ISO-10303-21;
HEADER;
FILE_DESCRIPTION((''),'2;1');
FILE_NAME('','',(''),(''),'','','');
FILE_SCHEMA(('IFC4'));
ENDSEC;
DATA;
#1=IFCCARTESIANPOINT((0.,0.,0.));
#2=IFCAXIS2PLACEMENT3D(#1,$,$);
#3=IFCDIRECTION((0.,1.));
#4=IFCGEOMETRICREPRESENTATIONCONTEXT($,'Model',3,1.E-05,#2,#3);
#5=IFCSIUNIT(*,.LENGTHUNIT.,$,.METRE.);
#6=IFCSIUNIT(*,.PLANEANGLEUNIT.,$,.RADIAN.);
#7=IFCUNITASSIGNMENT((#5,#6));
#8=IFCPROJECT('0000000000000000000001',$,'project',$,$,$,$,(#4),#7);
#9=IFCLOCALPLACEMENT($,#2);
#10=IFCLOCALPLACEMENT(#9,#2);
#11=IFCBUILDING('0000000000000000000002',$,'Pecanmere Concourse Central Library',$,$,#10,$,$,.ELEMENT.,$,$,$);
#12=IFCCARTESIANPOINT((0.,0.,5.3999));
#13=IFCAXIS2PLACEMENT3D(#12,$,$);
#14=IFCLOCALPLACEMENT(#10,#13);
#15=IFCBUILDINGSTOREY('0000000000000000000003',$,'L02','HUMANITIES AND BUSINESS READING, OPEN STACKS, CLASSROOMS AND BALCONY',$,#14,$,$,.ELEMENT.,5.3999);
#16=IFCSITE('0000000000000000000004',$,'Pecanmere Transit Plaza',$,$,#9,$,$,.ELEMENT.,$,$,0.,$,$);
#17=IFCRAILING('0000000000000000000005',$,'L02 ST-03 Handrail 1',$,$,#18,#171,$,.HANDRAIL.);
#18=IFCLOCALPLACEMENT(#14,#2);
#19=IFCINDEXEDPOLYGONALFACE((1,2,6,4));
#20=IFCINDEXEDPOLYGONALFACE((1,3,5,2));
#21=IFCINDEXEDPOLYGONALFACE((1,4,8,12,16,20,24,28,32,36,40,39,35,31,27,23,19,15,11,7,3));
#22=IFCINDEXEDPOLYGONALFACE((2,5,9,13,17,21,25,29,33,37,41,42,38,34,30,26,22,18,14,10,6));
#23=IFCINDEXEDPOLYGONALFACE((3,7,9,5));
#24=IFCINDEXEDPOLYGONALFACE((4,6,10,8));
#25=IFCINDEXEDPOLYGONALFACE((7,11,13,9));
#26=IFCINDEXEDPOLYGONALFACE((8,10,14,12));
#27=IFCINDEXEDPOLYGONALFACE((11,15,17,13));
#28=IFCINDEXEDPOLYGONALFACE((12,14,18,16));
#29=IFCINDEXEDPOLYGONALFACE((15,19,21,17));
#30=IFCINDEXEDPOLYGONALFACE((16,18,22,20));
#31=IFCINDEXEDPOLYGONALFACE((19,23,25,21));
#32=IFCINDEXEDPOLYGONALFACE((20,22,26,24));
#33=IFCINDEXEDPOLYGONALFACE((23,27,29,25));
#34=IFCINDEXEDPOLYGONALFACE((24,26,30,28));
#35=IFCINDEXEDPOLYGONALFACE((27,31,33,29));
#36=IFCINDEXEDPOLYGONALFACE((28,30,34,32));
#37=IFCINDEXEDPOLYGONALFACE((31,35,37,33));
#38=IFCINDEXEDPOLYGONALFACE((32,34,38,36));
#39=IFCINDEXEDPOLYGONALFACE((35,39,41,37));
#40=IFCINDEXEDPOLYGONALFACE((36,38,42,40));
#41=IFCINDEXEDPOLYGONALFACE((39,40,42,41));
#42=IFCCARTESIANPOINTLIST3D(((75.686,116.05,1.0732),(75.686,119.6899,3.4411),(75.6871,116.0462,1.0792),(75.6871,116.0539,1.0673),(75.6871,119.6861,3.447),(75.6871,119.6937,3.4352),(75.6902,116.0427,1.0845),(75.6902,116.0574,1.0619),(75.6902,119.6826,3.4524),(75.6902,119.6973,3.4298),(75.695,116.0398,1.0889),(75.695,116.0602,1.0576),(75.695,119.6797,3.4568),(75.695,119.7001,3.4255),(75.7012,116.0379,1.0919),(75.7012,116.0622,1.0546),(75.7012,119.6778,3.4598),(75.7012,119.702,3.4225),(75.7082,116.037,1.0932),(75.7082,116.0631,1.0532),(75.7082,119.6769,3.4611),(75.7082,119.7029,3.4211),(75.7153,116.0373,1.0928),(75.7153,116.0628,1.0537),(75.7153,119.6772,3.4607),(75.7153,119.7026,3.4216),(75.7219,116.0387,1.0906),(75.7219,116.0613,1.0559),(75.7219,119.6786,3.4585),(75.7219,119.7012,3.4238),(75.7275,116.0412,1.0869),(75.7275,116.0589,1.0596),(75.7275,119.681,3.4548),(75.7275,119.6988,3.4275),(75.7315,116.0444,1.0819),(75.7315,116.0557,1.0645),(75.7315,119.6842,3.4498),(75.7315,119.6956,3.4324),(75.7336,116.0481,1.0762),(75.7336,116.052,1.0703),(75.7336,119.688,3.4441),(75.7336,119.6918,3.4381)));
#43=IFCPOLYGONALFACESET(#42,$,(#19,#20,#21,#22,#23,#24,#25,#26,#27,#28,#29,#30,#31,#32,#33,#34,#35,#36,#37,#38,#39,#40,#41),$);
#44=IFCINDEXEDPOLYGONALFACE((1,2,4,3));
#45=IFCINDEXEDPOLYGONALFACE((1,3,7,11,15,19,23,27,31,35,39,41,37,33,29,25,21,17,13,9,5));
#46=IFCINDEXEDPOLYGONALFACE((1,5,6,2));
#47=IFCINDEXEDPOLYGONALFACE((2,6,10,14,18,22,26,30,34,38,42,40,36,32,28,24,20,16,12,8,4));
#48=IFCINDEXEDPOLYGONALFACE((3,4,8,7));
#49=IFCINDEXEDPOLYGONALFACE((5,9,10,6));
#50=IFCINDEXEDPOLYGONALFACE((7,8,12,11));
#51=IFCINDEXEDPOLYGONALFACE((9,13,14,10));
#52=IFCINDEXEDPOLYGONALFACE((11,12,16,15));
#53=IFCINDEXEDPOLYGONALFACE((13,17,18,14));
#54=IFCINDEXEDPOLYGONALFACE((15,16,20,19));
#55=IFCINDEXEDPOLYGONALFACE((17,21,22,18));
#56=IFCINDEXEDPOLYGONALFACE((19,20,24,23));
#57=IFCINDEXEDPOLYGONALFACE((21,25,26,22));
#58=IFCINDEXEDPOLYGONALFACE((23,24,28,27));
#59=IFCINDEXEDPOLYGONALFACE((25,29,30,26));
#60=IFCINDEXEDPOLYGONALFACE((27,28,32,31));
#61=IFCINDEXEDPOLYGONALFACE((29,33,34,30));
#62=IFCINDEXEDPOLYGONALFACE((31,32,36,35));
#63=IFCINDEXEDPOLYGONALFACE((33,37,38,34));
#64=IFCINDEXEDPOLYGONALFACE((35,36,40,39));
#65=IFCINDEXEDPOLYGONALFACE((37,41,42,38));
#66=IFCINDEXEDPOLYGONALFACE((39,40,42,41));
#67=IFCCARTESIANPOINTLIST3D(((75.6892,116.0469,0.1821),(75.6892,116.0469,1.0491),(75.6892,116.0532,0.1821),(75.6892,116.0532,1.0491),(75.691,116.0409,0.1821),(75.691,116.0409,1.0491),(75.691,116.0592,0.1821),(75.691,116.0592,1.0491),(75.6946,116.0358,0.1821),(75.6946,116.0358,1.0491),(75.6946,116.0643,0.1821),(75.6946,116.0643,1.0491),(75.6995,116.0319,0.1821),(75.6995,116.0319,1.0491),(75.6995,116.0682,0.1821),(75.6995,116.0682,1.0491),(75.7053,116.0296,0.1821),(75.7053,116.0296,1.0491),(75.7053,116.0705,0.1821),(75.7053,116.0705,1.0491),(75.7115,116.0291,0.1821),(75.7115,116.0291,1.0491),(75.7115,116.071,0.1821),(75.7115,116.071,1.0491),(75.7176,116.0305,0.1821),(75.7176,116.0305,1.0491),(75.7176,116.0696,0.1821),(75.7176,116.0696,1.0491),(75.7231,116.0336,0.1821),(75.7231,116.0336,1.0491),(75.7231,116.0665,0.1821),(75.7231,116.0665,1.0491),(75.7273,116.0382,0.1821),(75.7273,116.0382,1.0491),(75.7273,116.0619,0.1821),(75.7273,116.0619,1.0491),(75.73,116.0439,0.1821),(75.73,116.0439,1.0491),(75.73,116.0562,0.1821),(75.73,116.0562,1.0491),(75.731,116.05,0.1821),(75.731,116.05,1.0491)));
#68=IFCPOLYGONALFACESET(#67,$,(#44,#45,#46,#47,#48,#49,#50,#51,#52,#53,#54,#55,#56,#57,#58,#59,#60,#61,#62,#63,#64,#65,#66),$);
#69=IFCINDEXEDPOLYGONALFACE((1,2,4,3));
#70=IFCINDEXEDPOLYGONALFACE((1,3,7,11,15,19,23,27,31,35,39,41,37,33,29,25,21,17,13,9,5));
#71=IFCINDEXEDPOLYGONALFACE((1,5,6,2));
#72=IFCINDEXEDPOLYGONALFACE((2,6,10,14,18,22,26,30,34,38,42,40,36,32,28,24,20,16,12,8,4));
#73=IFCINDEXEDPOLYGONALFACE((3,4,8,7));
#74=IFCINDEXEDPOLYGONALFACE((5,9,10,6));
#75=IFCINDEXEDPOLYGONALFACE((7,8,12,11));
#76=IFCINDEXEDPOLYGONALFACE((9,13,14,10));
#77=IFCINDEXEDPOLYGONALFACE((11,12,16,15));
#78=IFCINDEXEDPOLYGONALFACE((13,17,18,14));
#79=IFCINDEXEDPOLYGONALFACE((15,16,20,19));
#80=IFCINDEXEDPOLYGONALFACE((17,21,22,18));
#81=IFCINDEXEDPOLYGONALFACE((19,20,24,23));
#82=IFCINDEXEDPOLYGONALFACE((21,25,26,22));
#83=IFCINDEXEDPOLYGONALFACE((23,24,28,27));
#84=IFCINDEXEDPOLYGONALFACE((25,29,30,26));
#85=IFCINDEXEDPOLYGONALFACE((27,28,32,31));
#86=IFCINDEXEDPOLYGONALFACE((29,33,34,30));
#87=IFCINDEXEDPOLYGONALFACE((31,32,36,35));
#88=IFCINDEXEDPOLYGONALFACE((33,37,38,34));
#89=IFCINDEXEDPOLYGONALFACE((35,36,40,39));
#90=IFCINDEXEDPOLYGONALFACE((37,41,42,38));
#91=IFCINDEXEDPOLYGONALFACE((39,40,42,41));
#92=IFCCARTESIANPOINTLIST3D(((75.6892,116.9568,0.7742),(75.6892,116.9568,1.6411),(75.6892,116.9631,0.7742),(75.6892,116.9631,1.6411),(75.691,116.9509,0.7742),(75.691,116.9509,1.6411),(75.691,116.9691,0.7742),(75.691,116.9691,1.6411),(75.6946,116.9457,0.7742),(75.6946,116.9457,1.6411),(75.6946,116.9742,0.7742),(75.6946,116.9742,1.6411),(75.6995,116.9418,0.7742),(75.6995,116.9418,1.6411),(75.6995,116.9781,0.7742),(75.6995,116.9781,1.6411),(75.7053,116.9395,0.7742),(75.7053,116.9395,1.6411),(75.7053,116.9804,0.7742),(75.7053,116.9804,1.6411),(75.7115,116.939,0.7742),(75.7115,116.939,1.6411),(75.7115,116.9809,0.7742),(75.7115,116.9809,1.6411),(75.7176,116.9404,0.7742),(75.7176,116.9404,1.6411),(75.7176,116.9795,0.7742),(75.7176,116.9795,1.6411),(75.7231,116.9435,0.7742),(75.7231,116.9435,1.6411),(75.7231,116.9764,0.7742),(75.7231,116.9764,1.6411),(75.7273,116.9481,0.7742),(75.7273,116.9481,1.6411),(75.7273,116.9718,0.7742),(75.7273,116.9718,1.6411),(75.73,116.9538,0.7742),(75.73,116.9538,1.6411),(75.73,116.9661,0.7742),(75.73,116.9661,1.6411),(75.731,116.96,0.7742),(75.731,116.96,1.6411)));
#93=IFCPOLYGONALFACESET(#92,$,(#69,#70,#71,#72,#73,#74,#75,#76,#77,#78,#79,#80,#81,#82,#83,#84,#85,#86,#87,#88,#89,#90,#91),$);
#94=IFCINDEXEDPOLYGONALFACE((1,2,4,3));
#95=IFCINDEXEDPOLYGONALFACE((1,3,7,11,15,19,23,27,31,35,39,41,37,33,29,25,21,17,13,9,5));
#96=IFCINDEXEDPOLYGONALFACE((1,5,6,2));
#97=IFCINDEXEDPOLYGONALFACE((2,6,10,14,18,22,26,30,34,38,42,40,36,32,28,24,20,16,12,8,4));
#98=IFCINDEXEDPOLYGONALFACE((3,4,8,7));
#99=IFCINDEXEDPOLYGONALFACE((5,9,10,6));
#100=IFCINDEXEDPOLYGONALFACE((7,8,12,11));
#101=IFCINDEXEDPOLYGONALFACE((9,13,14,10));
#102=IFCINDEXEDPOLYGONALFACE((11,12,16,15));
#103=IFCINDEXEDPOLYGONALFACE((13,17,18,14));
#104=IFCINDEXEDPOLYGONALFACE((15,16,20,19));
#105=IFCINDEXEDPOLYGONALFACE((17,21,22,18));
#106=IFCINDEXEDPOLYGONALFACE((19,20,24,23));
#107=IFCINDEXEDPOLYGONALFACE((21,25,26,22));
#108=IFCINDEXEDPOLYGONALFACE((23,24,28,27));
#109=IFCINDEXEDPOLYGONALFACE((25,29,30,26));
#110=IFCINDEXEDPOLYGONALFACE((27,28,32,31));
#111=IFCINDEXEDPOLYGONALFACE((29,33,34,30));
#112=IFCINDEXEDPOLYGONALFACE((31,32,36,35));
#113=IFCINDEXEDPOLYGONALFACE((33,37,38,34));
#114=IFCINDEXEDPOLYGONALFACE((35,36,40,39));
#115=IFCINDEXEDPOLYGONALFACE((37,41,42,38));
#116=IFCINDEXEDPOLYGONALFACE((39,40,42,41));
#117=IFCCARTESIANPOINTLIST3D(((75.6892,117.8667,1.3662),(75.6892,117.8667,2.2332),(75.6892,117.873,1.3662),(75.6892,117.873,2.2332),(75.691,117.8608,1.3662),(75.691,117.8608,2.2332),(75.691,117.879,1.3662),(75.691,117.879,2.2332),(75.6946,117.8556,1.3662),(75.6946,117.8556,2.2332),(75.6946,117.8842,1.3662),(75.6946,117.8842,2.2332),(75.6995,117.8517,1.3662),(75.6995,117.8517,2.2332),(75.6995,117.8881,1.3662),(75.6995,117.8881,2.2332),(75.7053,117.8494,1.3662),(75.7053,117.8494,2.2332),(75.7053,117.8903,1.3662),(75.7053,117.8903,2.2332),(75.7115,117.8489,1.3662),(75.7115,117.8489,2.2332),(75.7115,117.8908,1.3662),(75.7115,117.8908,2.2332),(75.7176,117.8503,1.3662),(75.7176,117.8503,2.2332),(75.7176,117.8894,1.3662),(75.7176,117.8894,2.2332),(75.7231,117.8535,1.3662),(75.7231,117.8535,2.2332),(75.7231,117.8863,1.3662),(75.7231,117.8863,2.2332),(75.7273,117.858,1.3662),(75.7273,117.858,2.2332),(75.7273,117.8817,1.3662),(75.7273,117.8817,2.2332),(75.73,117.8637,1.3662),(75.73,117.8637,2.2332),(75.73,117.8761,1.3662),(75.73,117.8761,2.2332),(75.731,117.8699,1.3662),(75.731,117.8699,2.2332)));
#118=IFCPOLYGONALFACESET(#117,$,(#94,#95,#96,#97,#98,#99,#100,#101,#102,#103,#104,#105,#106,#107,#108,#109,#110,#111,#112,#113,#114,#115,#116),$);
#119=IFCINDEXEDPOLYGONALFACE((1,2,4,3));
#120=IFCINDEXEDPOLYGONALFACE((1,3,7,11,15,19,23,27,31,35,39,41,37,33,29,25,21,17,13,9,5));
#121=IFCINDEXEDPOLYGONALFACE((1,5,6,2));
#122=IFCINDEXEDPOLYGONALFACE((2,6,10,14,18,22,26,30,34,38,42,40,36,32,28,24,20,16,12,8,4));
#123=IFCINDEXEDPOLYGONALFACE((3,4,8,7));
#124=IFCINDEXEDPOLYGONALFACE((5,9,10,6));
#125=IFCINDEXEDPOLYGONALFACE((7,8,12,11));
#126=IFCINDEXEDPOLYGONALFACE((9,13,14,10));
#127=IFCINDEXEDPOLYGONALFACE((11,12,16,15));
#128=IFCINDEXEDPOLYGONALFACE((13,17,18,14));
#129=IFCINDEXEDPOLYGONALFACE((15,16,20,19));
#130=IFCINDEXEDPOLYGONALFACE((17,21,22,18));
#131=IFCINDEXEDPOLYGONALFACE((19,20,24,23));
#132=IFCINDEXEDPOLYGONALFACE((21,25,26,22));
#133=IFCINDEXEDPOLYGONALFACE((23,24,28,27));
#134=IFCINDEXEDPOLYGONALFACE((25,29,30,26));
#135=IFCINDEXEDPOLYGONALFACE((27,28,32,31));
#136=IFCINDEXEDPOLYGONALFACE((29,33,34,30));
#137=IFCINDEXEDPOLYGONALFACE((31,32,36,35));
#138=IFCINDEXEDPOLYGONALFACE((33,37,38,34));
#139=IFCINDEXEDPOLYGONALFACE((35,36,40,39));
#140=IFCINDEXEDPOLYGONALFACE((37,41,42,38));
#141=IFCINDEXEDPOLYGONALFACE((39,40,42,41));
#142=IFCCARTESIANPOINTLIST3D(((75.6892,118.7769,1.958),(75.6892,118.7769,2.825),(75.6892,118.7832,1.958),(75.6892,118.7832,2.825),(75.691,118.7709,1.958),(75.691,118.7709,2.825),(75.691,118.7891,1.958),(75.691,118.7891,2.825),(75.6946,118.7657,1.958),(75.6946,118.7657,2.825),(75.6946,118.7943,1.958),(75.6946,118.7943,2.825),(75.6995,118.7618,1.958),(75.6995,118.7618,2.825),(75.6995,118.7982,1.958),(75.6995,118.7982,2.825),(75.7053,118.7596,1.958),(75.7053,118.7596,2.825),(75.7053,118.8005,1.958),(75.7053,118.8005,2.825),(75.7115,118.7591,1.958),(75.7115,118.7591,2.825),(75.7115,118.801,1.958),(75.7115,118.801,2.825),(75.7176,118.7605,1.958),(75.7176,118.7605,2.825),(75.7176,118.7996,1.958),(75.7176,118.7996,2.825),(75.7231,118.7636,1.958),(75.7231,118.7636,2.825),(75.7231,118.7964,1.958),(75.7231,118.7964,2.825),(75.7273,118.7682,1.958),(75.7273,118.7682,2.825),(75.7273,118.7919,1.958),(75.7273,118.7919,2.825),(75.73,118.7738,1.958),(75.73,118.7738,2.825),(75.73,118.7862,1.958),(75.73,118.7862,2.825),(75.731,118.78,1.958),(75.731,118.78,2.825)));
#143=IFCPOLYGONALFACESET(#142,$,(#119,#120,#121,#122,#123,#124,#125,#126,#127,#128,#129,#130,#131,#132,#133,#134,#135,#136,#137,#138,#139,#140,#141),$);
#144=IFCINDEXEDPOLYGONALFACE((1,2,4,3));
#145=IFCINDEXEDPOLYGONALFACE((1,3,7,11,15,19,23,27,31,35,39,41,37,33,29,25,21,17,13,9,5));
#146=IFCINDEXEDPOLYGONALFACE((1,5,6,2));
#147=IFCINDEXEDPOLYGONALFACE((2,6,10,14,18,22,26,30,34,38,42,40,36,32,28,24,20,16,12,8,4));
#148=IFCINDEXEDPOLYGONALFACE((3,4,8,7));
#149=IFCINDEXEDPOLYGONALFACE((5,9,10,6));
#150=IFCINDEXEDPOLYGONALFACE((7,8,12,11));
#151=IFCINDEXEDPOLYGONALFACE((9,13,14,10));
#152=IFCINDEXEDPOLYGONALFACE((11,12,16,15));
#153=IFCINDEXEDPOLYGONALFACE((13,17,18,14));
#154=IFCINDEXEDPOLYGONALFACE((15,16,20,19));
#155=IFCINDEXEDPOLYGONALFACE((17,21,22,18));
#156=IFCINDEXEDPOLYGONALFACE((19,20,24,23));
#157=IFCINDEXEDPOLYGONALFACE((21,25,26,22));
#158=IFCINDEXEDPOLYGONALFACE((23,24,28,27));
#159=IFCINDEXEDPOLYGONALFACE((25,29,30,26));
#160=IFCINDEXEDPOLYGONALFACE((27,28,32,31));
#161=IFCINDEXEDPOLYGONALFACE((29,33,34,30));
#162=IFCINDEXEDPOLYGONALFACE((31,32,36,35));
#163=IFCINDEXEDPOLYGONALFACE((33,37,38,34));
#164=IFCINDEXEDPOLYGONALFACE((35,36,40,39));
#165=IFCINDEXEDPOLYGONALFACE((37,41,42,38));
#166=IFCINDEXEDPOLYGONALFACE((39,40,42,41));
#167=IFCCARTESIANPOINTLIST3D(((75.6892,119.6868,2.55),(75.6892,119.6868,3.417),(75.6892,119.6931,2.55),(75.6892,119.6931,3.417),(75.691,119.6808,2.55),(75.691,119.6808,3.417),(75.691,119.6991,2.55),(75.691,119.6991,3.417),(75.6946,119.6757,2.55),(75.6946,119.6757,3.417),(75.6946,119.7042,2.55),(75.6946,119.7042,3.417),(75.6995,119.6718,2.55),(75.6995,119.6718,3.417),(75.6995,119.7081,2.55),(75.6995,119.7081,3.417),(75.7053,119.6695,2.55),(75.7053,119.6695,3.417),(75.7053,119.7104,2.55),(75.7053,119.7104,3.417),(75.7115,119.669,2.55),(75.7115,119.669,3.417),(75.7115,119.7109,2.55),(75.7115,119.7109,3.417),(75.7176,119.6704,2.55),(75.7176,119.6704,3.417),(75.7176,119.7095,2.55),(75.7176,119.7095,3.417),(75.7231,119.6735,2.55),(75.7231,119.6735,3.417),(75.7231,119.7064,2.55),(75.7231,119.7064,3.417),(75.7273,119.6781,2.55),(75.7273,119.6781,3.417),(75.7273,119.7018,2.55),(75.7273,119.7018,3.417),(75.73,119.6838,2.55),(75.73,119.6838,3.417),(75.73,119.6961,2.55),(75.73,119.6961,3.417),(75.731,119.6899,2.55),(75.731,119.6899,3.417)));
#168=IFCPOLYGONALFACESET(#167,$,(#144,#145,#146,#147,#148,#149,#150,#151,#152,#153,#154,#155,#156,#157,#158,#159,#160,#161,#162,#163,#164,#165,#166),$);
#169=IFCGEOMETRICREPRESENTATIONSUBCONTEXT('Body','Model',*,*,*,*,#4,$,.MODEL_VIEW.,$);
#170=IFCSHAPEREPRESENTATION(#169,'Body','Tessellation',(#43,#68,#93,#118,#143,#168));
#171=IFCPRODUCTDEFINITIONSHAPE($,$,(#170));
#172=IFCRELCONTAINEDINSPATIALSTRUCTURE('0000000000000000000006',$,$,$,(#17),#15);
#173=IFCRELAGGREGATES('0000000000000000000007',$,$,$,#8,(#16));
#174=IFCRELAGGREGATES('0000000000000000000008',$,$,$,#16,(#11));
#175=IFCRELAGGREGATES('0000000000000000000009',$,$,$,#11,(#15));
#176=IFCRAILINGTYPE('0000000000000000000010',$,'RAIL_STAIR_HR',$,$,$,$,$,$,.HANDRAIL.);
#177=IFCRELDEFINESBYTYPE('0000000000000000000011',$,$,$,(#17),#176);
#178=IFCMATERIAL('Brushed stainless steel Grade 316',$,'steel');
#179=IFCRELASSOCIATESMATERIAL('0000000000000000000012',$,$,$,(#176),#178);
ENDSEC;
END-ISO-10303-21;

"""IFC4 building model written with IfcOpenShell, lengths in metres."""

from ifc_helpers import new_model, si_unit, direction, frame, origin, origin_2d, place, context, subcontext, project, spatial, circle, extrude, material, type_object, element, save


model = new_model("IFC4")

# Units and contexts
model_context = context("Model", 3, precision=1e-05, world=origin(), true_north=direction((0.0, 1.0)))
body_context = subcontext(model_context, "Body", "Model", "MODEL_VIEW")
ifc_project = project(units=[si_unit("LENGTHUNIT", "METRE"), si_unit("PLANEANGLEUNIT", "RADIAN")], contexts=[model_context])

# Site, building, storey
site_placement = place(None, origin())
site = spatial("IfcSite", under=ifc_project, at=site_placement, Name="Pecanmere Transit Plaza", CompositionType="ELEMENT", RefElevation=0.0)
building_placement = place(site_placement, origin())
building = spatial("IfcBuilding", under=site, at=building_placement, Name="Pecanmere Concourse Central Library", CompositionType="ELEMENT")
storey_placement = place(building_placement, frame((0.0, 0.0, 5.3999)))
storey = spatial("IfcBuildingStorey", under=building, at=storey_placement, Name="L02", Description="HUMANITIES AND BUSINESS READING, OPEN STACKS, CLASSROOMS AND BALCONY", CompositionType="ELEMENT", Elevation=5.3999)

# Railing
ifc_material_1 = material(Name="Brushed stainless steel Grade 316", Category="steel")
railing_type_1 = type_object("IfcRailingType", Name="RAIL_STAIR_HR", PredefinedType="HANDRAIL", material=ifc_material_1)
railing_1_placement = place(storey_placement, frame((75.71, 116.05, 0.1821)))
element("IfcRailing", 1, at=railing_1_placement, inside=storey, type_object=railing_type_1, Name="L02 ST-03 Handrail 1", PredefinedType="HANDRAIL", context=body_context, shape_type="SweptSolid", body=[
    extrude(circle(Radius=0.0239, at=origin_2d()), frame((0.0, 0.0, 0.8911), z_axis=(0.0, 0.838234, 0.54531), x_axis=(-1.0, 0.0, 0.0)), (0.0, 0.0, 1.0), 4.3423),
    extrude(circle(Radius=0.021, at=origin_2d()), origin(), (0.0, 0.0, 1.0), 0.8669),
    extrude(circle(Radius=0.021, at=origin_2d()), frame((0.0, 0.9099, 0.592)), (0.0, 0.0, 1.0), 0.8669),
    extrude(circle(Radius=0.021, at=origin_2d()), frame((0.0, 1.8198, 1.1841)), (0.0, 0.0, 1.0), 0.8669),
    extrude(circle(Radius=0.021, at=origin_2d()), frame((0.0, 2.73, 1.7759)), (0.0, 0.0, 1.0), 0.8669),
    extrude(circle(Radius=0.021, at=origin_2d()), frame((0.0, 3.6399, 2.3679)), (0.0, 0.0, 1.0), 0.8669),
])

save(model, "model.ifc")
